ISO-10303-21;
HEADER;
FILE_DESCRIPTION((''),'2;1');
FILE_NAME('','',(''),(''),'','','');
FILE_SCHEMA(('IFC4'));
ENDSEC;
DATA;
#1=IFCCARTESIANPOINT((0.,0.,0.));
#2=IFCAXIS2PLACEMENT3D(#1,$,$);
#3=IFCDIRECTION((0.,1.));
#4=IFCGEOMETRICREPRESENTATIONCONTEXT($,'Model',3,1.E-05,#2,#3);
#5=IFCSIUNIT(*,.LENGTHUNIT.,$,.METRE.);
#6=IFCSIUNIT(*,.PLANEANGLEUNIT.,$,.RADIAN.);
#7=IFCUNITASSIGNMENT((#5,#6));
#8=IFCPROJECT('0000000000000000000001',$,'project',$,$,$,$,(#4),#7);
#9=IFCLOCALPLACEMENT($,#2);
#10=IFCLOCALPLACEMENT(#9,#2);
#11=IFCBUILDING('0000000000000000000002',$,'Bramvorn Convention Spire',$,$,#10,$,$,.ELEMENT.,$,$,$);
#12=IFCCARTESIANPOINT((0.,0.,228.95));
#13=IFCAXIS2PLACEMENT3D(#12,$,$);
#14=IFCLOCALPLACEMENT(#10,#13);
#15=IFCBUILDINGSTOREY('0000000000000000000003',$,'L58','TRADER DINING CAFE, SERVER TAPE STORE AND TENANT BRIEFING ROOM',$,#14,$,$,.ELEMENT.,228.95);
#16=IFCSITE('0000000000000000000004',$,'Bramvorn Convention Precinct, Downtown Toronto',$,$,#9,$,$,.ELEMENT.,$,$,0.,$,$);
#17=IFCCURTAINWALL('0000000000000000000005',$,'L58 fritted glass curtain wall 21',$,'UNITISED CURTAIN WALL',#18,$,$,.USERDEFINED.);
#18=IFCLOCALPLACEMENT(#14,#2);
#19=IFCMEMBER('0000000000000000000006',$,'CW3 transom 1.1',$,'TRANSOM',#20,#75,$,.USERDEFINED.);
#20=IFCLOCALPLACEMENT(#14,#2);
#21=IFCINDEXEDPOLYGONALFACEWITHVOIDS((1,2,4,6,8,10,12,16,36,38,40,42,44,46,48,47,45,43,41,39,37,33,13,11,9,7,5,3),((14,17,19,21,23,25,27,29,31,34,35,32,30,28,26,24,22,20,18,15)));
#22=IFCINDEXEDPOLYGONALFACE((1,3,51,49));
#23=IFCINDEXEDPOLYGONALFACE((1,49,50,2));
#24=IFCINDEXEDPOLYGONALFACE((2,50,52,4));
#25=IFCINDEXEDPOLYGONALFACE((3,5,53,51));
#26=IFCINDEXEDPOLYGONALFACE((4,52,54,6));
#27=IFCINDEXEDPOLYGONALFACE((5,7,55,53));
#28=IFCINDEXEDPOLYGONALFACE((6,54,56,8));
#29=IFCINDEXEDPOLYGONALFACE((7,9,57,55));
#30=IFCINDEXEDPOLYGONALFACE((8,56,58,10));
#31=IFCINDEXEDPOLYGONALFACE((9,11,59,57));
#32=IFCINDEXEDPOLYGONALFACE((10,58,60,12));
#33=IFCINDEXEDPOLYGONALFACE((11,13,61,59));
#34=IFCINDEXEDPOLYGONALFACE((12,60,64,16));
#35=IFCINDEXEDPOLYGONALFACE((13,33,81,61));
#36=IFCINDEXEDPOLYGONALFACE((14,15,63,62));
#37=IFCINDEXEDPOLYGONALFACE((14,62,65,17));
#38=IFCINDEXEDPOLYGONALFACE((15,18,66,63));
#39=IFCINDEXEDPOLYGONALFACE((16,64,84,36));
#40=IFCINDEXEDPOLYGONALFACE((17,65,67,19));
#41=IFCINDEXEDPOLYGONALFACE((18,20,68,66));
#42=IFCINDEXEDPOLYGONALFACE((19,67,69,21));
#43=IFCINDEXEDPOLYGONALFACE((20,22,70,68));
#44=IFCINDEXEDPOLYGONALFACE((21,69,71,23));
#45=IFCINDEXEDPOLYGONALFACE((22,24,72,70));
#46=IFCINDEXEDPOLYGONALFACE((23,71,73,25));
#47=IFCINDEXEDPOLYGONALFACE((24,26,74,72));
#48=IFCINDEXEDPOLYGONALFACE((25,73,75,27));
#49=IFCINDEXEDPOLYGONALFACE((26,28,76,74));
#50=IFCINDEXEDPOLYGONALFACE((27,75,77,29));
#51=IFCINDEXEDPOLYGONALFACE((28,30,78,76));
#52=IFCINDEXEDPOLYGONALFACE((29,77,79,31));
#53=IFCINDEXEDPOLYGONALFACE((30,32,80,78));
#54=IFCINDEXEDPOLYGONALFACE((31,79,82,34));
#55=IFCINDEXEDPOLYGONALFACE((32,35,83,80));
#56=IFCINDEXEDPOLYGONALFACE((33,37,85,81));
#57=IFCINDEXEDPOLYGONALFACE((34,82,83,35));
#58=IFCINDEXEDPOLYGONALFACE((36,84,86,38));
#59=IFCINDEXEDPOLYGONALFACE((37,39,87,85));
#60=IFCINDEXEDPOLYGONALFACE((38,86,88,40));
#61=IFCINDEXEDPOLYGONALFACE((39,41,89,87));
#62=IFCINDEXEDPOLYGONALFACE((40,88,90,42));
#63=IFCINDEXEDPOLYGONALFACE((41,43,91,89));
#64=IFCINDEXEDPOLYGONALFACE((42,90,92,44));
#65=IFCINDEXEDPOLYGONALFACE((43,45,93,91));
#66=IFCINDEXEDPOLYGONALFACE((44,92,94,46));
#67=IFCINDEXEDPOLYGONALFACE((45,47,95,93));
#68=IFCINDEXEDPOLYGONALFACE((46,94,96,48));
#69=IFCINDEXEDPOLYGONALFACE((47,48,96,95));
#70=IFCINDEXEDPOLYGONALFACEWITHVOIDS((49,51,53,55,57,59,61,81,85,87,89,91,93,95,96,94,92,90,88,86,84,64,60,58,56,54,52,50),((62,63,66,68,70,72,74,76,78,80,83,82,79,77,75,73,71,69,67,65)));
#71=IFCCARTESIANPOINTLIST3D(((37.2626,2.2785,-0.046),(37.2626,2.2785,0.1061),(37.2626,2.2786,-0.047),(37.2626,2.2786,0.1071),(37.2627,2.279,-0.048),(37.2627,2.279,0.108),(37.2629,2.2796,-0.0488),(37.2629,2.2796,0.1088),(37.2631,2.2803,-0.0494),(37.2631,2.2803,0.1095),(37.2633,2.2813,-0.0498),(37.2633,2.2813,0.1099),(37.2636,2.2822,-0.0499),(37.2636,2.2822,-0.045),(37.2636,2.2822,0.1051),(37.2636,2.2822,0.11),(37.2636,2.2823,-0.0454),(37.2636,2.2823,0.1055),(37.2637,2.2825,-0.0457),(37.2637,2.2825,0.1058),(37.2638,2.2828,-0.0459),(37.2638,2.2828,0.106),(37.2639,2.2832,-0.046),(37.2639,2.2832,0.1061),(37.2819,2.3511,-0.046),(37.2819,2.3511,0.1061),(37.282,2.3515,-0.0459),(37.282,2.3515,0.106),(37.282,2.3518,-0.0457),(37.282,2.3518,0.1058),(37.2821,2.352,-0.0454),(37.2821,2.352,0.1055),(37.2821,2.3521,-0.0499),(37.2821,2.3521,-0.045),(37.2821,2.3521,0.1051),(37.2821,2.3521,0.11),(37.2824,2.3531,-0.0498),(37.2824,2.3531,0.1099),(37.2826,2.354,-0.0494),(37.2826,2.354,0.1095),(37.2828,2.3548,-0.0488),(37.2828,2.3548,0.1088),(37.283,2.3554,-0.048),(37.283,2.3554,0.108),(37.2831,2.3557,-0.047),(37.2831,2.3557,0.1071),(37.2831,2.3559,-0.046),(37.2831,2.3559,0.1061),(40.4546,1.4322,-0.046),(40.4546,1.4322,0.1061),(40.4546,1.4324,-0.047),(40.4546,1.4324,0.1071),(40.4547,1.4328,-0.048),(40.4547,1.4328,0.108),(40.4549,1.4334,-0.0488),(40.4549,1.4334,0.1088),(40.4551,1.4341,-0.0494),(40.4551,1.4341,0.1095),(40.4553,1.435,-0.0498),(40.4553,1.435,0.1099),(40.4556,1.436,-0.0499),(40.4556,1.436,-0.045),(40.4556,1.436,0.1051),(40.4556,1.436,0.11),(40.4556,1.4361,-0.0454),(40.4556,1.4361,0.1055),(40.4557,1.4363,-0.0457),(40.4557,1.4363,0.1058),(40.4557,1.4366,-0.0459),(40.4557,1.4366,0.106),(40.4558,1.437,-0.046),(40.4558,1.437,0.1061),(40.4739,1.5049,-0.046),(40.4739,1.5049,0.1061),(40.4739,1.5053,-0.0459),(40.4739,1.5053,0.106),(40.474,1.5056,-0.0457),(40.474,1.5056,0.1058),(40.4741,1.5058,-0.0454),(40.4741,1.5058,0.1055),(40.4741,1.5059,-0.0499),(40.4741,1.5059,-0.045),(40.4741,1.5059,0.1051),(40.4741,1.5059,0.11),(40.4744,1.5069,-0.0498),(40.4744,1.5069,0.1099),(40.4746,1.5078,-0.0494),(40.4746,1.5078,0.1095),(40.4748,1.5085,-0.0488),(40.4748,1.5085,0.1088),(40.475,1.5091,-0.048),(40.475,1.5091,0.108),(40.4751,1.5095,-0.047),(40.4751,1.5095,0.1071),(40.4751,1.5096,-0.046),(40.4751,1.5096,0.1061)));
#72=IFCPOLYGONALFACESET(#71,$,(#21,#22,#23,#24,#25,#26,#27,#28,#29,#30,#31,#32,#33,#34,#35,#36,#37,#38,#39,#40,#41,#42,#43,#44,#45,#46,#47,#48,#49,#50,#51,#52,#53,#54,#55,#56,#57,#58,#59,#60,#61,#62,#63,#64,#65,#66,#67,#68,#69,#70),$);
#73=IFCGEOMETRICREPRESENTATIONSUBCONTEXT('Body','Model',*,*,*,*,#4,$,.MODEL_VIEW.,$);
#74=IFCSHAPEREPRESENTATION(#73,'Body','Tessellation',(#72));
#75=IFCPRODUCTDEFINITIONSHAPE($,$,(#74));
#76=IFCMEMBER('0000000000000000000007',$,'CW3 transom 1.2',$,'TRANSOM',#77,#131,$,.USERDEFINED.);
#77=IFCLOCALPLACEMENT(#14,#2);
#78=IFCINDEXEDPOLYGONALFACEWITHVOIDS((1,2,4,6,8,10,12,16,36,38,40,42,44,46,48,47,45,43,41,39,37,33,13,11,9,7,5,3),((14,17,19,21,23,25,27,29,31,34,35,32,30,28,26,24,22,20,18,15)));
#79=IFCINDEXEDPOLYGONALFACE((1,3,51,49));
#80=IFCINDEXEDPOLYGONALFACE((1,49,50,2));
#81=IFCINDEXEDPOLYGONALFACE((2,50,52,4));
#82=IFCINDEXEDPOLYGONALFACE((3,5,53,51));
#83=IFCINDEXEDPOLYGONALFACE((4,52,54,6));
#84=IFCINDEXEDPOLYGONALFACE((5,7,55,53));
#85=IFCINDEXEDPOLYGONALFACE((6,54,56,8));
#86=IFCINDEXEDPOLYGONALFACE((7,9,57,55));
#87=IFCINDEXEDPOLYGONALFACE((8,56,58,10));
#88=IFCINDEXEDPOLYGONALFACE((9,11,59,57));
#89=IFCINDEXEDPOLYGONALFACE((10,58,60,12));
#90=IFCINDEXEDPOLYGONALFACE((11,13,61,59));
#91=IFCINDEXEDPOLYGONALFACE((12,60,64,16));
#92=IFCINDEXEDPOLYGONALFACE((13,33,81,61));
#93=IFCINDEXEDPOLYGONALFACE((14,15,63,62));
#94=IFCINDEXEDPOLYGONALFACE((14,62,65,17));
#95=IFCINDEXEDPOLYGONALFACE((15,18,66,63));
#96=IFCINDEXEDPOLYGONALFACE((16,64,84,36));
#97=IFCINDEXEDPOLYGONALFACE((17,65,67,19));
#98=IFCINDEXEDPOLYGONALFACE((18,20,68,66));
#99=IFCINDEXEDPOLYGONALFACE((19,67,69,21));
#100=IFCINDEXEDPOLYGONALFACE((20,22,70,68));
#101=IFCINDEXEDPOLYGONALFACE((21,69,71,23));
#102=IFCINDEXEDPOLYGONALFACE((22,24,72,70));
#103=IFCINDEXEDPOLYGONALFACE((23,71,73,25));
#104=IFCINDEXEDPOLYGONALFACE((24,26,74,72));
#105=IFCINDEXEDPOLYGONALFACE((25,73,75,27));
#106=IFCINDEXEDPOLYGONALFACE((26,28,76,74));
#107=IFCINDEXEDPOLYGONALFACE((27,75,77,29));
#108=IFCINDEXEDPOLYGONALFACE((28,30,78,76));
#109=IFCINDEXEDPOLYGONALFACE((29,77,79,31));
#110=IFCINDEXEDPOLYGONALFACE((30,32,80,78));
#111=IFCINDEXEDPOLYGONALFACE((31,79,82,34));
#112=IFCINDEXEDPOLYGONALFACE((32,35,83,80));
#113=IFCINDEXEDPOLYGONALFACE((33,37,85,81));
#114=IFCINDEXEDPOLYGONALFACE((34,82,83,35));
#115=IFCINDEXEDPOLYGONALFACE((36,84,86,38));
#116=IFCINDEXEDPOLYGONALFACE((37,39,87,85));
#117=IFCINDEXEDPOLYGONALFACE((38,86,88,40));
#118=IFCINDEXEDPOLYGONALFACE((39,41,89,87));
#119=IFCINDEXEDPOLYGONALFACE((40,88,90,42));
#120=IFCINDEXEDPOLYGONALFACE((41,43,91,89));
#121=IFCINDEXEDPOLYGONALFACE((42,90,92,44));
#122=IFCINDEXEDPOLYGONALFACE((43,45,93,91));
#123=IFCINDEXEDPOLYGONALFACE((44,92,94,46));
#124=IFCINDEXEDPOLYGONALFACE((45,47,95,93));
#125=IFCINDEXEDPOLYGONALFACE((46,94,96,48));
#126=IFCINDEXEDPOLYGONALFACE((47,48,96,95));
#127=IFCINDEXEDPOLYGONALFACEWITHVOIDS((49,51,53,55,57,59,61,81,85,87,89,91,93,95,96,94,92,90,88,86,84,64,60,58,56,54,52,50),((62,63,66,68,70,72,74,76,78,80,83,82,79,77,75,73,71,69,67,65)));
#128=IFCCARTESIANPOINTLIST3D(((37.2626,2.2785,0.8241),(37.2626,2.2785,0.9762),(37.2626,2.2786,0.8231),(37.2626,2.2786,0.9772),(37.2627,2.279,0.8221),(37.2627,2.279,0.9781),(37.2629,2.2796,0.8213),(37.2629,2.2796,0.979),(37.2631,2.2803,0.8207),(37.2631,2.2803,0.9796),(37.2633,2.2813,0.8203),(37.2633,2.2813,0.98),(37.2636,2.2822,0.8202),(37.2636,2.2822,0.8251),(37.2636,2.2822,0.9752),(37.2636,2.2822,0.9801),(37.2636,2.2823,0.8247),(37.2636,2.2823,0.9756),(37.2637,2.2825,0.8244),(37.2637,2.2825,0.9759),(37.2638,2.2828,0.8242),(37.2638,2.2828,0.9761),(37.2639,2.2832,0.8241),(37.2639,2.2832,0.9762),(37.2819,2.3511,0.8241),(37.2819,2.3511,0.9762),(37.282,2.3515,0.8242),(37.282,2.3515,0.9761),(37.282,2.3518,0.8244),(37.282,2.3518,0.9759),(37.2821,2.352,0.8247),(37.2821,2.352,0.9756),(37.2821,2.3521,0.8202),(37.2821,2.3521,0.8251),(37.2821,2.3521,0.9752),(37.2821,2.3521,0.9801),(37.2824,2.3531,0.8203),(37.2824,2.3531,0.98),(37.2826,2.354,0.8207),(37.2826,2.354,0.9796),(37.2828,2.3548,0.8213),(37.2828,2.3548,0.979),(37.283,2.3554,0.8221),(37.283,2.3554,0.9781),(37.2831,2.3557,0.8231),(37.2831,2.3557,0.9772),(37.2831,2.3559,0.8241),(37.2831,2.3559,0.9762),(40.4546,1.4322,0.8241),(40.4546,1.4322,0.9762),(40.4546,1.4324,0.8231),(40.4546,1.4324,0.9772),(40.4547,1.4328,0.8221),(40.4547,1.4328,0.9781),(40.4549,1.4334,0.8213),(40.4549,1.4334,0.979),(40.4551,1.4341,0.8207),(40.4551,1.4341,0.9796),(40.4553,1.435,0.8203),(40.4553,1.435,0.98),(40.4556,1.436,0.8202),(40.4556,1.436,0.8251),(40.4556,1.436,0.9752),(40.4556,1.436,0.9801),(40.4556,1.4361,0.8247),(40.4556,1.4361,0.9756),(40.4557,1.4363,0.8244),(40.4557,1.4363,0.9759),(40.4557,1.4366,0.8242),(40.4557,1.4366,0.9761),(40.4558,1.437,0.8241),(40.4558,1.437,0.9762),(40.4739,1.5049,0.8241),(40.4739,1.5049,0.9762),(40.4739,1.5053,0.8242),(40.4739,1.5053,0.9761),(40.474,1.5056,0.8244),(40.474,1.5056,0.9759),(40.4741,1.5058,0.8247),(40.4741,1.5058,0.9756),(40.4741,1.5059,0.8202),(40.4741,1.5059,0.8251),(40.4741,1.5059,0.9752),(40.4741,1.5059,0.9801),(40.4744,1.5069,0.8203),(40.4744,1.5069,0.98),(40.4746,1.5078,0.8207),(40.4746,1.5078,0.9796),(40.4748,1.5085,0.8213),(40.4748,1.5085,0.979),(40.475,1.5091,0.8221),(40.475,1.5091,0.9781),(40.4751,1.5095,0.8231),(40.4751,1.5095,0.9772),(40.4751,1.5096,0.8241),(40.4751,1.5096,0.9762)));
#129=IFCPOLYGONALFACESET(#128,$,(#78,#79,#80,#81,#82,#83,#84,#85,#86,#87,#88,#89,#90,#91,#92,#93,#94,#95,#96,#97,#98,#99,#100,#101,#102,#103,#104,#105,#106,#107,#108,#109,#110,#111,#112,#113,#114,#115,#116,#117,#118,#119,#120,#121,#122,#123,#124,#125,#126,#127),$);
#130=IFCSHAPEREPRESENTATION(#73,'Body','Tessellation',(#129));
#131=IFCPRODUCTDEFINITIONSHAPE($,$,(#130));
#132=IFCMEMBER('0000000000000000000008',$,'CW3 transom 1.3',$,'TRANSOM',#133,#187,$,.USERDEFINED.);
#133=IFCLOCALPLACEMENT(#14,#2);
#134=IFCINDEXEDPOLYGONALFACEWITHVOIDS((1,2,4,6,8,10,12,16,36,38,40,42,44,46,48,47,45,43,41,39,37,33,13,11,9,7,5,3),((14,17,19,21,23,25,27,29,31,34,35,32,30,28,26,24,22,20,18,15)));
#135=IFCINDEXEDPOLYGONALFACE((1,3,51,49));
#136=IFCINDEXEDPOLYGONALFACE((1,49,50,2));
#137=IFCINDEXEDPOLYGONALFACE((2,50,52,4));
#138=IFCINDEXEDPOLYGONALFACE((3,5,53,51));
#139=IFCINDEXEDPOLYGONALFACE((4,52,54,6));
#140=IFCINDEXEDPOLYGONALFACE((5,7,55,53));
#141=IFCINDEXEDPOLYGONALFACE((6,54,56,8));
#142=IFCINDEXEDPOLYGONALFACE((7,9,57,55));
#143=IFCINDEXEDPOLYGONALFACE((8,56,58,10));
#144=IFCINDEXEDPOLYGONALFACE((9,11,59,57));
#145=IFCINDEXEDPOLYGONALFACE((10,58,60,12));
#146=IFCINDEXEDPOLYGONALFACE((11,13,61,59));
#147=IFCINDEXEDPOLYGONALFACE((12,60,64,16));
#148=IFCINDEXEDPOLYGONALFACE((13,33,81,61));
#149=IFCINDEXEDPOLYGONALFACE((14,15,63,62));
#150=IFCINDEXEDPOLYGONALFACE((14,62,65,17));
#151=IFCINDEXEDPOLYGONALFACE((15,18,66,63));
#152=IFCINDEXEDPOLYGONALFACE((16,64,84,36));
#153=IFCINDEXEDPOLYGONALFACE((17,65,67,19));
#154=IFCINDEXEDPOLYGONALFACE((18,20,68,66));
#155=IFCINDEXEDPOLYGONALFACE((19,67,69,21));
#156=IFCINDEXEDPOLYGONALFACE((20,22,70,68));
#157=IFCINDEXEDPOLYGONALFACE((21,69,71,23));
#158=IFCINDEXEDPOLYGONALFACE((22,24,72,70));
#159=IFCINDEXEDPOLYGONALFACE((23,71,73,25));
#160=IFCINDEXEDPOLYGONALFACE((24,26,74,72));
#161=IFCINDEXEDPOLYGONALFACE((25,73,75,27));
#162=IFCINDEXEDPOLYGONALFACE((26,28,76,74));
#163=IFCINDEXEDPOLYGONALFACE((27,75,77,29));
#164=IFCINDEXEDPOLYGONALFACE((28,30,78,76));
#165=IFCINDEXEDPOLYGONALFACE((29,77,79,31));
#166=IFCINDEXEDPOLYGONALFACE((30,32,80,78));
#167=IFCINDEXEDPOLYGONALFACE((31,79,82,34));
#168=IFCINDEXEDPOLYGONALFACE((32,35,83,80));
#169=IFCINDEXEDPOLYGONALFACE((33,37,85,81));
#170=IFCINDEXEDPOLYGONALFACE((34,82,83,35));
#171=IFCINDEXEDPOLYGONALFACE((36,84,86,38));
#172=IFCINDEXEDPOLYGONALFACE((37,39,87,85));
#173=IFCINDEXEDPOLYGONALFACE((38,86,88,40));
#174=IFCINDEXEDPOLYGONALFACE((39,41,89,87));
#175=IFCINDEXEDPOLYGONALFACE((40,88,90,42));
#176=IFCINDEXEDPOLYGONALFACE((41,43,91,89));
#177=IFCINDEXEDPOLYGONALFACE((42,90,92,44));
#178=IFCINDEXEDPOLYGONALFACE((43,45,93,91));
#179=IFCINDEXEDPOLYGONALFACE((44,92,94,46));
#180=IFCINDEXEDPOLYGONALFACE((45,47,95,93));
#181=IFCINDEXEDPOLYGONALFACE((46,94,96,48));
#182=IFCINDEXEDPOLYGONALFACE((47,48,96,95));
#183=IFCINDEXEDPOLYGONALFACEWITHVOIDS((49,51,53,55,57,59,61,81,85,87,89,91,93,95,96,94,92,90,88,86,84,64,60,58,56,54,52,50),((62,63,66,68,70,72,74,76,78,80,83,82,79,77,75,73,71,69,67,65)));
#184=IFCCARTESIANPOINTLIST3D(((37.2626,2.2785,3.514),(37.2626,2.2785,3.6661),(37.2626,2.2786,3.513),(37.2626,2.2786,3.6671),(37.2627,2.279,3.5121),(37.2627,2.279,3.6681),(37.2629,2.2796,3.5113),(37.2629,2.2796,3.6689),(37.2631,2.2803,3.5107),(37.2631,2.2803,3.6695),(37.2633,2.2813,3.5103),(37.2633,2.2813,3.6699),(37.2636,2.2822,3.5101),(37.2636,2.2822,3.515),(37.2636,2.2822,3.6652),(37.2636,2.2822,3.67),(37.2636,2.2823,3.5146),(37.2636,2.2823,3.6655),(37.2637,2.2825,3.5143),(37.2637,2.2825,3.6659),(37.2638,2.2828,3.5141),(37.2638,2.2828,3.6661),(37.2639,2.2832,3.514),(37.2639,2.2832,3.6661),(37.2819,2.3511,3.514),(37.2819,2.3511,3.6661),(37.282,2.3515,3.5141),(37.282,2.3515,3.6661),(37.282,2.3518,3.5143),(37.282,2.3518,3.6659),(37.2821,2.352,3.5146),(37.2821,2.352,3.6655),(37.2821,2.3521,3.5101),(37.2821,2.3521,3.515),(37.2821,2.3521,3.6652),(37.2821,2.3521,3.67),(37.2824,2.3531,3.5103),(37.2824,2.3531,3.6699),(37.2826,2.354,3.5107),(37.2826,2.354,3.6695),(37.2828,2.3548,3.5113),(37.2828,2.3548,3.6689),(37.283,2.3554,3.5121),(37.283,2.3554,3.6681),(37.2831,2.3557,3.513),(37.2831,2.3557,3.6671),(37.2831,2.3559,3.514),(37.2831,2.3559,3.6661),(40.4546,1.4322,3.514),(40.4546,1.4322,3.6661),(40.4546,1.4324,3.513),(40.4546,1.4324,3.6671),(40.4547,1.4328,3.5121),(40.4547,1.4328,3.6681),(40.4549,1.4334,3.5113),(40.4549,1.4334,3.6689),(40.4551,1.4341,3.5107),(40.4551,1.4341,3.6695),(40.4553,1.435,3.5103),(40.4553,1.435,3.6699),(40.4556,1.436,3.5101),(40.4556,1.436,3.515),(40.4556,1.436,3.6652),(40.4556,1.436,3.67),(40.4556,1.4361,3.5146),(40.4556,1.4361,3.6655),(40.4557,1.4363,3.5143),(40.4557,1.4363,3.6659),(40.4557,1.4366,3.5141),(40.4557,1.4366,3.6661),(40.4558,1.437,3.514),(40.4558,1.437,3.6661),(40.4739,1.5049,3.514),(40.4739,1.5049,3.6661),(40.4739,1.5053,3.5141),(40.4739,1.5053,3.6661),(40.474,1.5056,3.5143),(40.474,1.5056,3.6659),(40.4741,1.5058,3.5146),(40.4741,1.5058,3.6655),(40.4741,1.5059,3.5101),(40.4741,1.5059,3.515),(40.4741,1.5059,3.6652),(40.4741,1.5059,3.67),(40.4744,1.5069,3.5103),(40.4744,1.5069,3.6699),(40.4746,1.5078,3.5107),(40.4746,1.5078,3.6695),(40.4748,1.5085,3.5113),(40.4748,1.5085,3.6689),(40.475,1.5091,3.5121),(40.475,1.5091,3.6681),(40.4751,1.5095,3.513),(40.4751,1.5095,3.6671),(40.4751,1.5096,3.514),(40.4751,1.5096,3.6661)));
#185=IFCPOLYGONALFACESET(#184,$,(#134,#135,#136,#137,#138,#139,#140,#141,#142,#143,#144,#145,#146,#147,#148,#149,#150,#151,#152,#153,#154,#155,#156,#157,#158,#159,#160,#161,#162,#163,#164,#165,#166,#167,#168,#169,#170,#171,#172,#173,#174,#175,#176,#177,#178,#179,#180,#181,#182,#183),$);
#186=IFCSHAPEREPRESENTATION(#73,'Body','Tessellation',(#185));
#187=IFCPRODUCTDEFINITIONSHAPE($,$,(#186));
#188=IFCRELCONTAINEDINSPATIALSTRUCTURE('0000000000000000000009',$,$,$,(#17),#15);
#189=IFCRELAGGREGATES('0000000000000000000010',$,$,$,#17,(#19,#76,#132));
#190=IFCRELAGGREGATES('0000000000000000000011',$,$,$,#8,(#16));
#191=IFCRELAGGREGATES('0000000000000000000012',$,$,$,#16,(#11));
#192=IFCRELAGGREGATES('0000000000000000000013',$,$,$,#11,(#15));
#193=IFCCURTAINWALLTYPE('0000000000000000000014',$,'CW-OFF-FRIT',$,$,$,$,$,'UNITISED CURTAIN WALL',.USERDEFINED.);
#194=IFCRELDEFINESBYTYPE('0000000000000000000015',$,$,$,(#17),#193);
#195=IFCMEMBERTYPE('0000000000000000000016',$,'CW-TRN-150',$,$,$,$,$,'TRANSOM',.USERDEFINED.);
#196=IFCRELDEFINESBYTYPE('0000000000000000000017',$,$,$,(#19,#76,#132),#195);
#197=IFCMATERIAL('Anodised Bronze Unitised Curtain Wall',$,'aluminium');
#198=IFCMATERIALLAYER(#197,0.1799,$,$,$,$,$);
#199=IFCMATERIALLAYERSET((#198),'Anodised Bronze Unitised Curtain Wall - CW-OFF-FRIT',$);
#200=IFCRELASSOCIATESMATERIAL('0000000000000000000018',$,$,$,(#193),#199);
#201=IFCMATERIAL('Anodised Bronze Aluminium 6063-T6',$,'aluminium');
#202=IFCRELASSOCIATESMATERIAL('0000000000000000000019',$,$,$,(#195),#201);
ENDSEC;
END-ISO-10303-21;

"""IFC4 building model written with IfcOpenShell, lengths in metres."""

from ifc_helpers import new_model, si_unit, direction, frame, origin, origin_2d, place, context, subcontext, project, spatial, hollow_rectangle, extrude, material, layer, layer_set, material_profile, profile_set, type_object, element, aggregate, save


model = new_model("IFC4")

# Units and contexts
model_context = context("Model", 3, precision=1e-05, world=origin(), true_north=direction((0.0, 1.0)))
body_context = subcontext(model_context, "Body", "Model", "MODEL_VIEW")
ifc_project = project(units=[si_unit("LENGTHUNIT", "METRE"), si_unit("PLANEANGLEUNIT", "RADIAN")], contexts=[model_context])

# Site, building, storey
site_placement = place(None, origin())
site = spatial("IfcSite", under=ifc_project, at=site_placement, Name="Bramvorn Convention Precinct, Downtown Toronto", CompositionType="ELEMENT", RefElevation=0.0)
building_placement = place(site_placement, origin())
building = spatial("IfcBuilding", under=site, at=building_placement, Name="Bramvorn Convention Spire", CompositionType="ELEMENT")
storey_placement = place(building_placement, frame((0.0, 0.0, 228.95)))
storey = spatial("IfcBuildingStorey", under=building, at=storey_placement, Name="L58", Description="TRADER DINING CAFE, SERVER TAPE STORE AND TENANT BRIEFING ROOM", CompositionType="ELEMENT", Elevation=228.95)

# Curtain wall, members
ifc_material_1 = material(Name="Anodised Bronze Unitised Curtain Wall", Category="aluminium")
ifc_layer_1 = layer(ifc_material_1, 0.1799)
ifc_layer_set_1 = layer_set([ifc_layer_1], Name="Anodised Bronze Unitised Curtain Wall - CW-OFF-FRIT")
curtain_wall_type = type_object("IfcCurtainWallType", Name="CW-OFF-FRIT", ElementType="UNITISED CURTAIN WALL", PredefinedType="USERDEFINED", material=ifc_layer_set_1)
curtain_wall_placement = place(storey_placement, origin())
curtain_wall = element("IfcCurtainWall", 1, at=curtain_wall_placement, inside=storey, type_object=curtain_wall_type, Name="L58 fritted glass curtain wall 21", ObjectType="UNITISED CURTAIN WALL", PredefinedType="USERDEFINED")
ifc_material_2 = material(Name="Anodised Bronze Aluminium 6063-T6", Category="aluminium")
ifc_material_profile_1 = material_profile(ifc_material_2, hollow_rectangle(XDim=0.0801, YDim=0.1599, WallThickness=0.0039, InnerFilletRadius=0.001, OuterFilletRadius=0.0039, at=origin_2d()))
ifc_profile_set_1 = profile_set([ifc_material_profile_1], Name="Anodised Bronze Aluminium 6063-T6 - CWT80X160")
member_type_1 = type_object("IfcMemberType", Name="CW-TRN-150", ElementType="TRANSOM", PredefinedType="USERDEFINED", material=ifc_profile_set_1)
member_1_placement = place(storey_placement, frame((40.4648, 1.4709, 0.03), z_axis=(-0.966609, 0.256254, 0.0), x_axis=(-0.256254, -0.966609, 0.0)))
member_1 = element("IfcMember", 2, at=member_1_placement, type_object=member_type_1, Name="CW3 transom 1.1", ObjectType="TRANSOM", PredefinedType="USERDEFINED", context=body_context, shape_type="SweptSolid", body=[
    extrude(hollow_rectangle(XDim=0.0801, YDim=0.1599, WallThickness=0.0039, InnerFilletRadius=0.001, OuterFilletRadius=0.0039, at=origin_2d()), origin(), (0.0, 0.0, 1.0), 3.3022),
])
member_2_placement = place(storey_placement, frame((40.4648, 1.4709, 0.9001), z_axis=(-0.966609, 0.256254, 0.0), x_axis=(-0.256254, -0.966609, 0.0)))
member_2 = element("IfcMember", 3, at=member_2_placement, type_object=member_type_1, Name="CW3 transom 1.2", ObjectType="TRANSOM", PredefinedType="USERDEFINED", context=body_context, shape_type="SweptSolid", body=[
    extrude(hollow_rectangle(XDim=0.0801, YDim=0.1599, WallThickness=0.0039, InnerFilletRadius=0.001, OuterFilletRadius=0.0039, at=origin_2d()), origin(), (0.0, 0.0, 1.0), 3.3022),
])
member_3_placement = place(storey_placement, frame((40.4648, 1.4709, 3.5901), z_axis=(-0.966609, 0.256254, 0.0), x_axis=(-0.256254, -0.966609, 0.0)))
member_3 = element("IfcMember", 4, at=member_3_placement, type_object=member_type_1, Name="CW3 transom 1.3", ObjectType="TRANSOM", PredefinedType="USERDEFINED", context=body_context, shape_type="SweptSolid", body=[
    extrude(hollow_rectangle(XDim=0.0801, YDim=0.1599, WallThickness=0.0039, InnerFilletRadius=0.001, OuterFilletRadius=0.0039, at=origin_2d()), origin(), (0.0, 0.0, 1.0), 3.3022),
])
aggregate(curtain_wall, [member_1, member_2, member_3])

save(model, "model.ifc")
